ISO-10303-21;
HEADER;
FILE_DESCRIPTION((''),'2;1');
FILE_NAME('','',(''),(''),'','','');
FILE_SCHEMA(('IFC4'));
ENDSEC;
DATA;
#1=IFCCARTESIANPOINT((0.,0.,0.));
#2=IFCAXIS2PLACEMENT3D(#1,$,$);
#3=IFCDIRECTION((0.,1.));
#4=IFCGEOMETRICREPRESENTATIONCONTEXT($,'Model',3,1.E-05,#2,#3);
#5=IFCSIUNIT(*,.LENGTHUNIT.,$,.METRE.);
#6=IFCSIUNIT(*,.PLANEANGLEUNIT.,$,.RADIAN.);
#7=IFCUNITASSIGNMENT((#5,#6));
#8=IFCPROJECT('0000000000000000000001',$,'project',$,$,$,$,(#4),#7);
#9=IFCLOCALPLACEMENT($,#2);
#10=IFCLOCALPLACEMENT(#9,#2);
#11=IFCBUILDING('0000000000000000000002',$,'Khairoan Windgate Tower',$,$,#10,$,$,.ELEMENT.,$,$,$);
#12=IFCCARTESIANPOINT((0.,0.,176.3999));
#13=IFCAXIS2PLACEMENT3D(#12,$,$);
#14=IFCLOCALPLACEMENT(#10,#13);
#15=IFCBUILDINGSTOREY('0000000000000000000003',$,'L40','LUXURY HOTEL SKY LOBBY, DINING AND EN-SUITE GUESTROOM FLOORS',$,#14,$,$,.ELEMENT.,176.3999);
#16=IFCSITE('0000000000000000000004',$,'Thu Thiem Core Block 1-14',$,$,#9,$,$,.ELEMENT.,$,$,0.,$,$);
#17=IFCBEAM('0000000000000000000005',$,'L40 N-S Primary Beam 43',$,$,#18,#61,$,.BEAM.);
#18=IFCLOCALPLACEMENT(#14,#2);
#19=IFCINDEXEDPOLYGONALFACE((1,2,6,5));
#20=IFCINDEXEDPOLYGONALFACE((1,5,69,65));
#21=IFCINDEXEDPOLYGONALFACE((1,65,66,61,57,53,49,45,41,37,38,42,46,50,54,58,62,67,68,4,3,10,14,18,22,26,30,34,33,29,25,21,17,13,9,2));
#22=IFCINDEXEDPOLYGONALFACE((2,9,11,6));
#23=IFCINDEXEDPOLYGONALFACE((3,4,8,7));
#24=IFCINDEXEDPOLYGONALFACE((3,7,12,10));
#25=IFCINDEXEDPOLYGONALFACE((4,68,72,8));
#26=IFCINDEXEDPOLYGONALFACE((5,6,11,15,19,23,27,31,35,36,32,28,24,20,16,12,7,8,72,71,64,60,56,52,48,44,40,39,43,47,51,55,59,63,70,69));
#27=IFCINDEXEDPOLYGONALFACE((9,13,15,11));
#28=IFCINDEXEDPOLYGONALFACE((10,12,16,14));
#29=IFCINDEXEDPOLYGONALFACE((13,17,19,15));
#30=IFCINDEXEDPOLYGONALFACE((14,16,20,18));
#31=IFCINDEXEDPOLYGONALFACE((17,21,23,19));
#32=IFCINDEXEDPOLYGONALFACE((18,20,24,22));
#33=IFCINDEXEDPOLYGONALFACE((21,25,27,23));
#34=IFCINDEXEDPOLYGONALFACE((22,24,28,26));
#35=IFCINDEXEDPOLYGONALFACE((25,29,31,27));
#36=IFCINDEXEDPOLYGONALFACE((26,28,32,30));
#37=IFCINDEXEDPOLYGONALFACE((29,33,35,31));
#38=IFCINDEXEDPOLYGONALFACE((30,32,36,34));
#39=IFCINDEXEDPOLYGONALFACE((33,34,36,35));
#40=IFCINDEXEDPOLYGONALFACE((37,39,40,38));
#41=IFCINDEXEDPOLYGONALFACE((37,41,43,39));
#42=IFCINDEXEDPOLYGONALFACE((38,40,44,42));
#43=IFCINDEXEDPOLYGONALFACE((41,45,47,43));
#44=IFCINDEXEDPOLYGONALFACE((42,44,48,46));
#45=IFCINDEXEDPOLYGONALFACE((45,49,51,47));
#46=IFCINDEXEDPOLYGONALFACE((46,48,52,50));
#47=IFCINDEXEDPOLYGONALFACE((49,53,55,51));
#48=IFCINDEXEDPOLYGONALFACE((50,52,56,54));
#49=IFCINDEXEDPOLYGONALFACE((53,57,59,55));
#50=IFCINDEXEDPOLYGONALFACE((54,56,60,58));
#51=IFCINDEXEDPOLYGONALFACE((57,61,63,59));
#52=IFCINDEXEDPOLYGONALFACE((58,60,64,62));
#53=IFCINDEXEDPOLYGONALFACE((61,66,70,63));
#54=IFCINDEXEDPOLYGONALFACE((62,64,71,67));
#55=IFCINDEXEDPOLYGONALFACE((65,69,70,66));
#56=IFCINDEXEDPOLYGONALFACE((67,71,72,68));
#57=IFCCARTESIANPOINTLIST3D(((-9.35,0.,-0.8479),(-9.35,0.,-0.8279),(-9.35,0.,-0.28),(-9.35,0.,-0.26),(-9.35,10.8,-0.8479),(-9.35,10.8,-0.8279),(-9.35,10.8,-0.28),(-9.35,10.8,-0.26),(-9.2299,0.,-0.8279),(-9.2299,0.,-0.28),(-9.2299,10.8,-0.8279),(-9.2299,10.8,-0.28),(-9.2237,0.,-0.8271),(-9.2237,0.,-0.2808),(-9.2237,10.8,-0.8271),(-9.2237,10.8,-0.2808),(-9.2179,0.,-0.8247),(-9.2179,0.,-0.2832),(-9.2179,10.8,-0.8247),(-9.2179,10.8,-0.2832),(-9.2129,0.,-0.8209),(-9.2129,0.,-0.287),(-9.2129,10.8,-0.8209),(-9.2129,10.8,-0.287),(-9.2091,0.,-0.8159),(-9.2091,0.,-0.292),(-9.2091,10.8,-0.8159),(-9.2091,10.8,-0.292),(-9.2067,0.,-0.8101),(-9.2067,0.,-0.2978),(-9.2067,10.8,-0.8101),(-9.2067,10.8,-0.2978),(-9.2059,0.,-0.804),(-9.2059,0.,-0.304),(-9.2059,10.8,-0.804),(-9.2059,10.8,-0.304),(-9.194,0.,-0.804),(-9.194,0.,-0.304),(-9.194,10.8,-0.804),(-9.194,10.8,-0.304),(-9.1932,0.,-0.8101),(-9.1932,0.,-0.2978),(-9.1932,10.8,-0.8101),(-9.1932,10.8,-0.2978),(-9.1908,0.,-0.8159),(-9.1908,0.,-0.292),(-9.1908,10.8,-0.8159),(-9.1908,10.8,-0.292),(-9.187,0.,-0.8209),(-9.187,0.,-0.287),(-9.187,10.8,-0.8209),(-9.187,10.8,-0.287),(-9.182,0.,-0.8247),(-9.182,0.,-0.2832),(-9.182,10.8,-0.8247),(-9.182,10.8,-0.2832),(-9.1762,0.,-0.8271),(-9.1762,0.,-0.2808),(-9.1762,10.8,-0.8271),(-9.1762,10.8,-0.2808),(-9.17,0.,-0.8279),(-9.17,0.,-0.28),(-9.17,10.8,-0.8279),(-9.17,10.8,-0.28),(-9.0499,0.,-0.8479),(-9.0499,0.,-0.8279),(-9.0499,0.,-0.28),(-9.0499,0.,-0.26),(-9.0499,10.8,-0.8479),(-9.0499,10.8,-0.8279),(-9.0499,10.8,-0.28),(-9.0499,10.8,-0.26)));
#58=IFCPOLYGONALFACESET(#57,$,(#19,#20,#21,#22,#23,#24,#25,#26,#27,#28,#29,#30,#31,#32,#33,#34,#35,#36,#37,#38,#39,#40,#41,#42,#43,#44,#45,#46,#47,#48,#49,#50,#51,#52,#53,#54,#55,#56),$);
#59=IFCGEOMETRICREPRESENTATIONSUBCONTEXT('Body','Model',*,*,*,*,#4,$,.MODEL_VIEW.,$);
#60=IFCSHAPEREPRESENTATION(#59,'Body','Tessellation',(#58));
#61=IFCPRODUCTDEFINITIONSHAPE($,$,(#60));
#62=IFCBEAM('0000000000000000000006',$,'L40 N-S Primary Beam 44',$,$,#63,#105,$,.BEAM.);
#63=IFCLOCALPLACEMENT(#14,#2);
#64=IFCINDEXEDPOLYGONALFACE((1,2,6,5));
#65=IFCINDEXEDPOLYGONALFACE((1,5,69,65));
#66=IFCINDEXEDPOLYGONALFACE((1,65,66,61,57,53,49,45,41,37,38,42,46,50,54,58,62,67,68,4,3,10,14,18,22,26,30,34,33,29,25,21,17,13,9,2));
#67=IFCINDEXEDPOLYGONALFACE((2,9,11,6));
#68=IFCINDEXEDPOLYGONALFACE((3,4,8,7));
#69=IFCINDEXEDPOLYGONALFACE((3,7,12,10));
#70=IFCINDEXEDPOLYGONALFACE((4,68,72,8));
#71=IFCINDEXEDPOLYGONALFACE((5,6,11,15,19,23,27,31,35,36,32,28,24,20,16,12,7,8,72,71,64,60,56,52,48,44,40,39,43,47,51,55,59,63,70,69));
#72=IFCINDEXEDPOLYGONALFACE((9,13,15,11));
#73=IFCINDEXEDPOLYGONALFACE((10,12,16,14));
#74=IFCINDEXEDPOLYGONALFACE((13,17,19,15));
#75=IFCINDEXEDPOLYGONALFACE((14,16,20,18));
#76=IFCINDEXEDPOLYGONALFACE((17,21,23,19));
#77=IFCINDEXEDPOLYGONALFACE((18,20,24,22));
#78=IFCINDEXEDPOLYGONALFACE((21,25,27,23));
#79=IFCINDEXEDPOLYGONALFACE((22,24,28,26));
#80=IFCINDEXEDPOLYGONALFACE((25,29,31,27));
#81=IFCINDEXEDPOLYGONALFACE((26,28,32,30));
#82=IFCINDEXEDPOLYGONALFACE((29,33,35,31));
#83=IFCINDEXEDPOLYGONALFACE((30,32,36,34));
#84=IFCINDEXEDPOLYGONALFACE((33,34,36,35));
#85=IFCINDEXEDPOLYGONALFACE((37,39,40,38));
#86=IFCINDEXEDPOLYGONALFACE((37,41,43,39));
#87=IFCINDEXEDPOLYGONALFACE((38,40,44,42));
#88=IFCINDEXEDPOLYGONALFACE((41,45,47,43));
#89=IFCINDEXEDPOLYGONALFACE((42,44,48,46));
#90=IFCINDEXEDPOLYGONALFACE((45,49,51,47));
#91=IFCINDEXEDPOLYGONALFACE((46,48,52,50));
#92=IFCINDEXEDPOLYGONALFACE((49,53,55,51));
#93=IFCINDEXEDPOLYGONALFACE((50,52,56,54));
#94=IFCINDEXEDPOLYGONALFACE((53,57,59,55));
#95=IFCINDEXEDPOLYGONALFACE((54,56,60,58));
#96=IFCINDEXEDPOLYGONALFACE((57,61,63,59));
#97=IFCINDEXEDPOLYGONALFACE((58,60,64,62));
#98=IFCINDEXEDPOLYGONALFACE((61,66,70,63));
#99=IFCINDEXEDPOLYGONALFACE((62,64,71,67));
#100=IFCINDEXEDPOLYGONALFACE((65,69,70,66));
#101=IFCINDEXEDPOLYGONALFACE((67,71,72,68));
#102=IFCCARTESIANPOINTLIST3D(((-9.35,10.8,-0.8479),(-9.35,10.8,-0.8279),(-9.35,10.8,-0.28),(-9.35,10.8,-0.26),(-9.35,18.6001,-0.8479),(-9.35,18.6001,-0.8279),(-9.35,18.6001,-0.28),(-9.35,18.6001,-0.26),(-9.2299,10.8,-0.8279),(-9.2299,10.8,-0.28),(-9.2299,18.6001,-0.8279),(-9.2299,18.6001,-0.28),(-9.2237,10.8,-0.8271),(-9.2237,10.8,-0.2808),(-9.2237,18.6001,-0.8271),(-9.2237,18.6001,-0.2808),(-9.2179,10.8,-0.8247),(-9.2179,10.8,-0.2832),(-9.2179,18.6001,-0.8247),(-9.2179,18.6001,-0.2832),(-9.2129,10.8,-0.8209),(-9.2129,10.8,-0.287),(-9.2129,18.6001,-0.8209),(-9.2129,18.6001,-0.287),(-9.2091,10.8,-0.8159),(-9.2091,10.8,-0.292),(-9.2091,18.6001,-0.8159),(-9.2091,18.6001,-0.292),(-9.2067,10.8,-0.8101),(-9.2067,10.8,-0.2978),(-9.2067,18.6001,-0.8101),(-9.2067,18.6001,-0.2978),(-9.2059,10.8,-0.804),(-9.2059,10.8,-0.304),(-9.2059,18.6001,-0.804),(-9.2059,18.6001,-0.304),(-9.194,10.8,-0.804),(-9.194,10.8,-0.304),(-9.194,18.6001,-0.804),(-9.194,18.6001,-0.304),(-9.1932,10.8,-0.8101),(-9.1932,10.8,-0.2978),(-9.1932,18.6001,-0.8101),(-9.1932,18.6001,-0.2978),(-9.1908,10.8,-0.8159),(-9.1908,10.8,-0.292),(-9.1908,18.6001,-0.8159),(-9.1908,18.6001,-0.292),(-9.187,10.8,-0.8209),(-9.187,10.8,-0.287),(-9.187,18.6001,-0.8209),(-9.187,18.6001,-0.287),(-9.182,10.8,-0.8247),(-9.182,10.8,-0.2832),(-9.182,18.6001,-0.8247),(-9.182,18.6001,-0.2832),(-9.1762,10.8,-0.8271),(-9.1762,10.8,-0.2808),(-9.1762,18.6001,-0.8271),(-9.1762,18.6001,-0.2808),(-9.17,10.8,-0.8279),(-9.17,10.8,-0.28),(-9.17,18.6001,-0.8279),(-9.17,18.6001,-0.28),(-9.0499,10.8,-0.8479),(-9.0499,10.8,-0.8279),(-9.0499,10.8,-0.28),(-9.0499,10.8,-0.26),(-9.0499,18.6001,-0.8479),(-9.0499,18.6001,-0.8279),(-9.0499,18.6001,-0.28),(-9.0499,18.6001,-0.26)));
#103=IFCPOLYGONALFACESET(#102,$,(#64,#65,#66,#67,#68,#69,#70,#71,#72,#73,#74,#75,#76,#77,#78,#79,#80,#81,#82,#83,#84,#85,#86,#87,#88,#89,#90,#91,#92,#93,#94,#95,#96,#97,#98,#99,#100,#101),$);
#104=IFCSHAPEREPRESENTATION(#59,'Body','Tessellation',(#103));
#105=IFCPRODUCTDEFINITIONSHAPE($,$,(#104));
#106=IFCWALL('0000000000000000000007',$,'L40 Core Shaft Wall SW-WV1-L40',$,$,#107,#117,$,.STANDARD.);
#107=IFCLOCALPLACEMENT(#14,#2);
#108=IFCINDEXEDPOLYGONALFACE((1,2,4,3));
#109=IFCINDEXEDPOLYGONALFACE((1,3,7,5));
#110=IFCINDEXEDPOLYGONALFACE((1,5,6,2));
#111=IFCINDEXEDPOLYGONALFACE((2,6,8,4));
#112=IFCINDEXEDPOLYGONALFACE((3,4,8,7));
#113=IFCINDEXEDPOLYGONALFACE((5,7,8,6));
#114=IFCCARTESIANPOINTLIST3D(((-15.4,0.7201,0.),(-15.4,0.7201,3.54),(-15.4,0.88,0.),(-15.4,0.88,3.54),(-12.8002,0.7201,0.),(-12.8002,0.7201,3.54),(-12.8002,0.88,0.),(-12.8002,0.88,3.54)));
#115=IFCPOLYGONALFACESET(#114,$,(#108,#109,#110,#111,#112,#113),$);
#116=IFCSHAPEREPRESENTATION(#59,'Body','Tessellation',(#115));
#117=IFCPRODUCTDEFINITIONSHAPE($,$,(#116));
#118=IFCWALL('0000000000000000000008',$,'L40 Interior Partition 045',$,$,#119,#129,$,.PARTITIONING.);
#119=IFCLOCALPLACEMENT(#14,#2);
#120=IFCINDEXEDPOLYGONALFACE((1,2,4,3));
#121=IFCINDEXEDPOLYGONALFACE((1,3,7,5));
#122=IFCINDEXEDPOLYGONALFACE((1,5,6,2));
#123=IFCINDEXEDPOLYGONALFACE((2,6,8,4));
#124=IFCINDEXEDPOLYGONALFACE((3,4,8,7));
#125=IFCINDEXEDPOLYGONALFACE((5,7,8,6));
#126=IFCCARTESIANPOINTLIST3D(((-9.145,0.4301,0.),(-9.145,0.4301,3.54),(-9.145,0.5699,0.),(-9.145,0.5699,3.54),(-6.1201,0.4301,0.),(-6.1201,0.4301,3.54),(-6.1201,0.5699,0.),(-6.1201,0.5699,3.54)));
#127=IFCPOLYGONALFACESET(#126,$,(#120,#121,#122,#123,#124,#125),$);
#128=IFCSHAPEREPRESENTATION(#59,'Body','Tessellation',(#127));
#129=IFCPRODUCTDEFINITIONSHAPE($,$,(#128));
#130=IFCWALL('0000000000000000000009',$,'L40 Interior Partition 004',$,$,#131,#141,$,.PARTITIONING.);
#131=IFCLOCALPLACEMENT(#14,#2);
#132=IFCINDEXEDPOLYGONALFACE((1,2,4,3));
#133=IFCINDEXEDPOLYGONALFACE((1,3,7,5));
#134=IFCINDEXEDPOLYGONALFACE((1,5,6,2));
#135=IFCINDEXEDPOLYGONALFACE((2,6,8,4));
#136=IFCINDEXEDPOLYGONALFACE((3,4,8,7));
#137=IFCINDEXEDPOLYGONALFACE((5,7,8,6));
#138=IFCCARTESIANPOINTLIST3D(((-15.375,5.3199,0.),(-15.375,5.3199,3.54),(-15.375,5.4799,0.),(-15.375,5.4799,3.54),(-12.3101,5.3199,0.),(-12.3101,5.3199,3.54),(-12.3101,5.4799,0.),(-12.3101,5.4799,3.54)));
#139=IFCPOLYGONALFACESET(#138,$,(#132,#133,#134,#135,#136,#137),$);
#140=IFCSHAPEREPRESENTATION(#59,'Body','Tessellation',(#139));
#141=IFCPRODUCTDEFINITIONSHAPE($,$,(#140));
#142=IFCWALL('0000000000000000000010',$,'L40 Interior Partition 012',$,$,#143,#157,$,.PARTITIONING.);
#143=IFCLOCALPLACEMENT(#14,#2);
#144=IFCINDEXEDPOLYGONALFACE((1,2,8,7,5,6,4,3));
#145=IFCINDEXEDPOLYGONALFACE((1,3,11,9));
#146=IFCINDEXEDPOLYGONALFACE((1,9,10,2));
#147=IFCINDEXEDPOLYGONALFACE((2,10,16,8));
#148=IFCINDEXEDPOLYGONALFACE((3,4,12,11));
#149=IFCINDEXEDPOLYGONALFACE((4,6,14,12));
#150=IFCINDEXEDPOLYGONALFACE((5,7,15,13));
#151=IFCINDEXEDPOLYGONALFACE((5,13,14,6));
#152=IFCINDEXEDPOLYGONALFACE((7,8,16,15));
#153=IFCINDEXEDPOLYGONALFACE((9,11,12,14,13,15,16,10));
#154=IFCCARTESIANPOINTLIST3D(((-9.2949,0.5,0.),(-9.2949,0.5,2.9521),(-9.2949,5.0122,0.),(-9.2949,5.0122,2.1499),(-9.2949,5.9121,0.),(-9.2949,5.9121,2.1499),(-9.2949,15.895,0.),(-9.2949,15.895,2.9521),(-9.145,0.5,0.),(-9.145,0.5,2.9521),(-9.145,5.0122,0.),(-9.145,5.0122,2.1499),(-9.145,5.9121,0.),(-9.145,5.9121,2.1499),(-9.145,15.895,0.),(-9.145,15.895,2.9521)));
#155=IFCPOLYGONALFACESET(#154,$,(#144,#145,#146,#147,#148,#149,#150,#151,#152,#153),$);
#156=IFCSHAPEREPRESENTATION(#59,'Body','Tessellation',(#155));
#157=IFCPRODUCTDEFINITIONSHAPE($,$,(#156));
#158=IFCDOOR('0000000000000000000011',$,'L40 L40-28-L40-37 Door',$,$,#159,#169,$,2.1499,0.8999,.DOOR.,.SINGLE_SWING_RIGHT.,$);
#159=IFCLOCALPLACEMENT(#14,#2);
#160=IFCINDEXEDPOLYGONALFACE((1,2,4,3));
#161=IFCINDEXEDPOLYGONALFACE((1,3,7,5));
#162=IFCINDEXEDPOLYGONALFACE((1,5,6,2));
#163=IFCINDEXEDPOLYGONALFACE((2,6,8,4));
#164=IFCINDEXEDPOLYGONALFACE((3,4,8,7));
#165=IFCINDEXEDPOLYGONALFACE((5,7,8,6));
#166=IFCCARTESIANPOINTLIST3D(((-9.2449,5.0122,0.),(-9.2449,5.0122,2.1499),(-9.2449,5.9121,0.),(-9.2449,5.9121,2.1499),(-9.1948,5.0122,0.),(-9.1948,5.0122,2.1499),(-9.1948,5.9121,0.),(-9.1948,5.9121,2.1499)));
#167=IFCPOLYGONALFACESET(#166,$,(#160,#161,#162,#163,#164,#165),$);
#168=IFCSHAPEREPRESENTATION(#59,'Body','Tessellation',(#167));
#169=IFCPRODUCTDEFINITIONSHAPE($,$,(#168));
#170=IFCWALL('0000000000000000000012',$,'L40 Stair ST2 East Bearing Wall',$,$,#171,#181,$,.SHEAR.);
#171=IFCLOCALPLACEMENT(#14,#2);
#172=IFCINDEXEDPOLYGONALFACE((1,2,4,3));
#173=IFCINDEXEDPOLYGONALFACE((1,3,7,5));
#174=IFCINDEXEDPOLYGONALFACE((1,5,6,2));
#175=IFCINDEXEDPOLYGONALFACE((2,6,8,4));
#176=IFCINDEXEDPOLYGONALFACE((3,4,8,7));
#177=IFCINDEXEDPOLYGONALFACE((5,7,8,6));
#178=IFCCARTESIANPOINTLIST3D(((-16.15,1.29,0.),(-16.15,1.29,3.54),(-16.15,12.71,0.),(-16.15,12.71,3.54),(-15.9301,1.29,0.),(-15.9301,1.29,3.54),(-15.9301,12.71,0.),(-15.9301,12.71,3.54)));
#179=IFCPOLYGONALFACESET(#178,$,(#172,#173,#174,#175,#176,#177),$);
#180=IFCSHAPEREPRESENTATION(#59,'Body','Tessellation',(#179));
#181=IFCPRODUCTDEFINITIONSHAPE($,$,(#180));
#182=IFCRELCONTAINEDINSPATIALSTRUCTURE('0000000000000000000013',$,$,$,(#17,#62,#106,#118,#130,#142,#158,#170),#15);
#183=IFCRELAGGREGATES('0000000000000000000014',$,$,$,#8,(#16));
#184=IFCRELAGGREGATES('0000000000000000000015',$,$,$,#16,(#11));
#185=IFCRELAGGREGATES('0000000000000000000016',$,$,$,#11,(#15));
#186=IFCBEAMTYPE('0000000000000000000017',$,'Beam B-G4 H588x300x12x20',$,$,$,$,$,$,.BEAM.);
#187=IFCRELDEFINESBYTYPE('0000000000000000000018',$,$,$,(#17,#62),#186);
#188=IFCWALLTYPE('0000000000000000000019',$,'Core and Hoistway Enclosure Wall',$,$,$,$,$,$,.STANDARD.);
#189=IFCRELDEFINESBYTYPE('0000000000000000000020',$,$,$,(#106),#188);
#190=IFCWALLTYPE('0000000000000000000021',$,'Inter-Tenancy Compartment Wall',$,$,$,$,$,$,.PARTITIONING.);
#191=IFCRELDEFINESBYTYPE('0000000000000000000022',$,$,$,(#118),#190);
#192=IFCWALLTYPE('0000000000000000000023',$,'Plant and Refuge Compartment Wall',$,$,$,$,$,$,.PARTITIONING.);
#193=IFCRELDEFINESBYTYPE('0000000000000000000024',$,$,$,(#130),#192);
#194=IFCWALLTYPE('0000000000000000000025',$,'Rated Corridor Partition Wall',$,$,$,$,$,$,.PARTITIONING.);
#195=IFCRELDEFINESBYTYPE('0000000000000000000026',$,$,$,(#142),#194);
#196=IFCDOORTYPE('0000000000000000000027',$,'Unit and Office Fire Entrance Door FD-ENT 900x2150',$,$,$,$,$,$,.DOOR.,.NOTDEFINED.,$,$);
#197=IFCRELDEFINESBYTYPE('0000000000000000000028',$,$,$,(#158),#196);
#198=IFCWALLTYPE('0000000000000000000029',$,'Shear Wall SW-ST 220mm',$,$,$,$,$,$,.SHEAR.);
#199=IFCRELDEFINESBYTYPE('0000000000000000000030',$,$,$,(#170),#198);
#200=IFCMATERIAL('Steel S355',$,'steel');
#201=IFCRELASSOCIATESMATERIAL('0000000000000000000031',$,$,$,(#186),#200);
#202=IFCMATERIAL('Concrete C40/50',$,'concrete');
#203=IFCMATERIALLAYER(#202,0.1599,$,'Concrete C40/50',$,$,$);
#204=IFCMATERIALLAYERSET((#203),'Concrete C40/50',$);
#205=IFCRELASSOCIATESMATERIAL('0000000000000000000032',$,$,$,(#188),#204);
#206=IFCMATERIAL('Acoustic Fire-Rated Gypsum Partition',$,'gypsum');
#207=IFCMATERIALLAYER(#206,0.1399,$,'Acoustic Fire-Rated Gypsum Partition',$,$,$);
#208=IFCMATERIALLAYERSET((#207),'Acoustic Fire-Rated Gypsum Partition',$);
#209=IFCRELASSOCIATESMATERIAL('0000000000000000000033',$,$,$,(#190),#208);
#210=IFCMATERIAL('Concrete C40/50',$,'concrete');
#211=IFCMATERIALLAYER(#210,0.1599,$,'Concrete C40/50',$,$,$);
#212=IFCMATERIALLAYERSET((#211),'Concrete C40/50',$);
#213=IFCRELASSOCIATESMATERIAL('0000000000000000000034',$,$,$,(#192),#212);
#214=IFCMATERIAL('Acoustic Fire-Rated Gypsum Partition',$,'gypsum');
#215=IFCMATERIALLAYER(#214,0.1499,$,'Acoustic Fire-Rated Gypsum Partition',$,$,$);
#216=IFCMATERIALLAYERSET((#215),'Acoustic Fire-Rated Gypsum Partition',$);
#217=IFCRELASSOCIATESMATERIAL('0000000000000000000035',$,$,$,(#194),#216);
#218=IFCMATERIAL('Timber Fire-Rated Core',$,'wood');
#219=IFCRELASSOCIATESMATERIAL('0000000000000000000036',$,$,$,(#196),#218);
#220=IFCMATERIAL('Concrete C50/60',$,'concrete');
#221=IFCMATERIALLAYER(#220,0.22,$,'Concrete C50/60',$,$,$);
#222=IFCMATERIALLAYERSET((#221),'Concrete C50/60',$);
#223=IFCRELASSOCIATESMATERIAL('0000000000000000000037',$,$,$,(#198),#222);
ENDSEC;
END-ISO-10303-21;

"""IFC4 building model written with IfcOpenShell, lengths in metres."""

from ifc_helpers import new_model, si_unit, direction, frame, frame_2d, origin, origin_2d, place, context, subcontext, project, spatial, rectangle, i_section, extrude, material, layer, layer_set, material_profile, profile_set, type_object, element, fill, save


model = new_model("IFC4")

# Units and contexts
model_context = context("Model", 3, precision=1e-05, world=origin(), true_north=direction((0.0, 1.0)))
body_context = subcontext(model_context, "Body", "Model", "MODEL_VIEW")
ifc_project = project(units=[si_unit("LENGTHUNIT", "METRE"), si_unit("PLANEANGLEUNIT", "RADIAN")], contexts=[model_context])

# Site, building, storey
site_placement = place(None, origin())
site = spatial("IfcSite", under=ifc_project, at=site_placement, Name="Thu Thiem Core Block 1-14", CompositionType="ELEMENT", RefElevation=0.0)
building_placement = place(site_placement, origin())
building = spatial("IfcBuilding", under=site, at=building_placement, Name="Khairoan Windgate Tower", CompositionType="ELEMENT")
storey_placement = place(building_placement, frame((0.0, 0.0, 176.3999)))
storey = spatial("IfcBuildingStorey", under=building, at=storey_placement, Name="L40", Description="LUXURY HOTEL SKY LOBBY, DINING AND EN-SUITE GUESTROOM FLOORS", CompositionType="ELEMENT", Elevation=176.3999)

# Beams
ifc_material_1 = material(Name="Steel S355", Category="steel")
ifc_material_profile_1 = material_profile(ifc_material_1, i_section(OverallWidth=0.3, OverallDepth=0.5879, WebThickness=0.012, FlangeThickness=0.02, FilletRadius=0.0239, at=origin_2d()))
ifc_profile_set_1 = profile_set([ifc_material_profile_1], Name="Steel S355")
beam_type = type_object("IfcBeamType", Name="Beam B-G4 H588x300x12x20", PredefinedType="BEAM", material=ifc_profile_set_1)
beam_1_placement = place(storey_placement, frame((-9.2, 0.0, -0.554), z_axis=(0.0, 1.0, 0.0), x_axis=(-1.0, 0.0, 0.0)))
element("IfcBeam", 1, at=beam_1_placement, inside=storey, type_object=beam_type, Name="L40 N-S Primary Beam 43", PredefinedType="BEAM", context=body_context, shape_type="SweptSolid", body=[
    extrude(i_section(OverallWidth=0.3, OverallDepth=0.5879, WebThickness=0.012, FlangeThickness=0.02, FilletRadius=0.0239, at=origin_2d()), origin(), (0.0, 0.0, 1.0), 10.8),
])
beam_2_placement = place(storey_placement, frame((-9.2, 10.8, -0.554), z_axis=(0.0, 1.0, 0.0), x_axis=(-1.0, 0.0, 0.0)))
element("IfcBeam", 2, at=beam_2_placement, inside=storey, type_object=beam_type, Name="L40 N-S Primary Beam 44", PredefinedType="BEAM", context=body_context, shape_type="SweptSolid", body=[
    extrude(i_section(OverallWidth=0.3, OverallDepth=0.5879, WebThickness=0.012, FlangeThickness=0.02, FilletRadius=0.0239, at=origin_2d()), origin(), (0.0, 0.0, 1.0), 7.8),
])

# Walls
ifc_material_2 = material(Name="Concrete C40/50", Category="concrete")
ifc_layer_1 = layer(ifc_material_2, 0.1599, Name="Concrete C40/50")
ifc_layer_set_1 = layer_set([ifc_layer_1], Name="Concrete C40/50")
wall_type_1 = type_object("IfcWallType", Name="Core and Hoistway Enclosure Wall", PredefinedType="STANDARD", material=ifc_layer_set_1)
wall_1_placement = place(storey_placement, frame((-15.3999, 0.8, 0.0), z_axis=(0.0, 0.0, 1.0), x_axis=(1.0, 0.0, 0.0)))
element("IfcWall", 3, at=wall_1_placement, inside=storey, type_object=wall_type_1, Name="L40 Core Shaft Wall SW-WV1-L40", PredefinedType="STANDARD", context=body_context, shape_type="SweptSolid", body=[
    extrude(rectangle(XDim=2.5999, YDim=0.1599, at=frame_2d((1.2998, 0.0))), origin(), (0.0, 0.0, 1.0), 3.54),
])
ifc_material_3 = material(Name="Acoustic Fire-Rated Gypsum Partition", Category="gypsum")
ifc_layer_2 = layer(ifc_material_3, 0.1399, Name="Acoustic Fire-Rated Gypsum Partition")
ifc_layer_set_2 = layer_set([ifc_layer_2], Name="Acoustic Fire-Rated Gypsum Partition")
wall_type_2 = type_object("IfcWallType", Name="Inter-Tenancy Compartment Wall", PredefinedType="PARTITIONING", material=ifc_layer_set_2)
wall_2_placement = place(storey_placement, frame((-9.145, 0.5, 0.0), z_axis=(0.0, 0.0, 1.0), x_axis=(1.0, 0.0, 0.0)))
element("IfcWall", 4, at=wall_2_placement, inside=storey, type_object=wall_type_2, Name="L40 Interior Partition 045", PredefinedType="PARTITIONING", context=body_context, shape_type="SweptSolid", body=[
    extrude(rectangle(XDim=3.0249, YDim=0.1399, at=frame_2d((1.5125, 0.0))), origin(), (0.0, 0.0, 1.0), 3.54),
])
ifc_material_4 = material(Name="Concrete C40/50", Category="concrete")
ifc_layer_3 = layer(ifc_material_4, 0.1599, Name="Concrete C40/50")
ifc_layer_set_3 = layer_set([ifc_layer_3], Name="Concrete C40/50")
wall_type_3 = type_object("IfcWallType", Name="Plant and Refuge Compartment Wall", PredefinedType="PARTITIONING", material=ifc_layer_set_3)
wall_3_placement = place(storey_placement, frame((-15.375, 5.3999, 0.0), z_axis=(0.0, 0.0, 1.0), x_axis=(1.0, 0.0, 0.0)))
element("IfcWall", 5, at=wall_3_placement, inside=storey, type_object=wall_type_3, Name="L40 Interior Partition 004", PredefinedType="PARTITIONING", context=body_context, shape_type="SweptSolid", body=[
    extrude(rectangle(XDim=3.0649, YDim=0.1599, at=frame_2d((1.5325, 0.0))), origin(), (0.0, 0.0, 1.0), 3.54),
])

# Wall, opening, door
ifc_material_5 = material(Name="Acoustic Fire-Rated Gypsum Partition", Category="gypsum")
ifc_layer_4 = layer(ifc_material_5, 0.1499, Name="Acoustic Fire-Rated Gypsum Partition")
ifc_layer_set_4 = layer_set([ifc_layer_4], Name="Acoustic Fire-Rated Gypsum Partition")
wall_type_4 = type_object("IfcWallType", Name="Rated Corridor Partition Wall", PredefinedType="PARTITIONING", material=ifc_layer_set_4)
wall_4_placement = place(storey_placement, frame((-9.22, 0.5, 0.0), z_axis=(0.0, 0.0, 1.0), x_axis=(0.0, 1.0, 0.0)))
wall_4 = element("IfcWall", 6, at=wall_4_placement, inside=storey, type_object=wall_type_4, Name="L40 Interior Partition 012", PredefinedType="PARTITIONING", context=body_context, shape_type="SweptSolid", body=[
    extrude(rectangle(XDim=15.395, YDim=0.1499, at=frame_2d((7.6975, 0.0))), origin(), (0.0, 0.0, 1.0), 2.9521),
])
opening_placement = place(wall_4_placement, frame((4.5122, 0.0, 0.0)))
opening = element("IfcOpeningElement", 7, at=opening_placement, cuts=wall_4, PredefinedType="OPENING", context=body_context, shape_type="SweptSolid", body=[
    extrude(rectangle(XDim=0.8999, YDim=2.1499, at=frame_2d((0.45, 1.075))), frame((0.0, 0.085, 0.0), z_axis=(0.0, -1.0, 0.0), x_axis=(1.0, 0.0, 0.0)), (0.0, 0.0, 1.0), 0.1699),
])
ifc_material_6 = material(Name="Timber Fire-Rated Core", Category="wood")
door_type = type_object("IfcDoorType", Name="Unit and Office Fire Entrance Door FD-ENT 900x2150", OperationType="NOTDEFINED", PredefinedType="DOOR", material=ifc_material_6)
door_placement = place(opening_placement, origin())
door = element("IfcDoor", 8, at=door_placement, inside=storey, type_object=door_type, Name="L40 L40-28-L40-37 Door", OperationType="SINGLE_SWING_RIGHT", OverallHeight=2.1499, OverallWidth=0.8999, PredefinedType="DOOR", context=body_context, shape_type="SweptSolid", body=[
    extrude(rectangle(XDim=0.8999, YDim=2.1499, at=frame_2d((0.45, 1.075))), frame((0.0, 0.0249, 0.0), z_axis=(0.0, -1.0, 0.0), x_axis=(1.0, 0.0, 0.0)), (0.0, 0.0, 1.0), 0.05),
])
fill(opening, door)

# Wall
ifc_material_7 = material(Name="Concrete C50/60", Category="concrete")
ifc_layer_5 = layer(ifc_material_7, 0.22, Name="Concrete C50/60")
ifc_layer_set_5 = layer_set([ifc_layer_5], Name="Concrete C50/60")
wall_type_5 = type_object("IfcWallType", Name="Shear Wall SW-ST 220mm", PredefinedType="SHEAR", material=ifc_layer_set_5)
wall_5_placement = place(storey_placement, frame((-16.04, 1.29, 0.0), z_axis=(0.0, 0.0, 1.0), x_axis=(0.0, 1.0, 0.0)))
element("IfcWall", 9, at=wall_5_placement, inside=storey, type_object=wall_type_5, Name="L40 Stair ST2 East Bearing Wall", PredefinedType="SHEAR", context=body_context, shape_type="SweptSolid", body=[
    extrude(rectangle(XDim=11.4199, YDim=0.22, at=frame_2d((5.71, 0.0))), origin(), (0.0, 0.0, 1.0), 3.54),
])

save(model, "model.ifc")
